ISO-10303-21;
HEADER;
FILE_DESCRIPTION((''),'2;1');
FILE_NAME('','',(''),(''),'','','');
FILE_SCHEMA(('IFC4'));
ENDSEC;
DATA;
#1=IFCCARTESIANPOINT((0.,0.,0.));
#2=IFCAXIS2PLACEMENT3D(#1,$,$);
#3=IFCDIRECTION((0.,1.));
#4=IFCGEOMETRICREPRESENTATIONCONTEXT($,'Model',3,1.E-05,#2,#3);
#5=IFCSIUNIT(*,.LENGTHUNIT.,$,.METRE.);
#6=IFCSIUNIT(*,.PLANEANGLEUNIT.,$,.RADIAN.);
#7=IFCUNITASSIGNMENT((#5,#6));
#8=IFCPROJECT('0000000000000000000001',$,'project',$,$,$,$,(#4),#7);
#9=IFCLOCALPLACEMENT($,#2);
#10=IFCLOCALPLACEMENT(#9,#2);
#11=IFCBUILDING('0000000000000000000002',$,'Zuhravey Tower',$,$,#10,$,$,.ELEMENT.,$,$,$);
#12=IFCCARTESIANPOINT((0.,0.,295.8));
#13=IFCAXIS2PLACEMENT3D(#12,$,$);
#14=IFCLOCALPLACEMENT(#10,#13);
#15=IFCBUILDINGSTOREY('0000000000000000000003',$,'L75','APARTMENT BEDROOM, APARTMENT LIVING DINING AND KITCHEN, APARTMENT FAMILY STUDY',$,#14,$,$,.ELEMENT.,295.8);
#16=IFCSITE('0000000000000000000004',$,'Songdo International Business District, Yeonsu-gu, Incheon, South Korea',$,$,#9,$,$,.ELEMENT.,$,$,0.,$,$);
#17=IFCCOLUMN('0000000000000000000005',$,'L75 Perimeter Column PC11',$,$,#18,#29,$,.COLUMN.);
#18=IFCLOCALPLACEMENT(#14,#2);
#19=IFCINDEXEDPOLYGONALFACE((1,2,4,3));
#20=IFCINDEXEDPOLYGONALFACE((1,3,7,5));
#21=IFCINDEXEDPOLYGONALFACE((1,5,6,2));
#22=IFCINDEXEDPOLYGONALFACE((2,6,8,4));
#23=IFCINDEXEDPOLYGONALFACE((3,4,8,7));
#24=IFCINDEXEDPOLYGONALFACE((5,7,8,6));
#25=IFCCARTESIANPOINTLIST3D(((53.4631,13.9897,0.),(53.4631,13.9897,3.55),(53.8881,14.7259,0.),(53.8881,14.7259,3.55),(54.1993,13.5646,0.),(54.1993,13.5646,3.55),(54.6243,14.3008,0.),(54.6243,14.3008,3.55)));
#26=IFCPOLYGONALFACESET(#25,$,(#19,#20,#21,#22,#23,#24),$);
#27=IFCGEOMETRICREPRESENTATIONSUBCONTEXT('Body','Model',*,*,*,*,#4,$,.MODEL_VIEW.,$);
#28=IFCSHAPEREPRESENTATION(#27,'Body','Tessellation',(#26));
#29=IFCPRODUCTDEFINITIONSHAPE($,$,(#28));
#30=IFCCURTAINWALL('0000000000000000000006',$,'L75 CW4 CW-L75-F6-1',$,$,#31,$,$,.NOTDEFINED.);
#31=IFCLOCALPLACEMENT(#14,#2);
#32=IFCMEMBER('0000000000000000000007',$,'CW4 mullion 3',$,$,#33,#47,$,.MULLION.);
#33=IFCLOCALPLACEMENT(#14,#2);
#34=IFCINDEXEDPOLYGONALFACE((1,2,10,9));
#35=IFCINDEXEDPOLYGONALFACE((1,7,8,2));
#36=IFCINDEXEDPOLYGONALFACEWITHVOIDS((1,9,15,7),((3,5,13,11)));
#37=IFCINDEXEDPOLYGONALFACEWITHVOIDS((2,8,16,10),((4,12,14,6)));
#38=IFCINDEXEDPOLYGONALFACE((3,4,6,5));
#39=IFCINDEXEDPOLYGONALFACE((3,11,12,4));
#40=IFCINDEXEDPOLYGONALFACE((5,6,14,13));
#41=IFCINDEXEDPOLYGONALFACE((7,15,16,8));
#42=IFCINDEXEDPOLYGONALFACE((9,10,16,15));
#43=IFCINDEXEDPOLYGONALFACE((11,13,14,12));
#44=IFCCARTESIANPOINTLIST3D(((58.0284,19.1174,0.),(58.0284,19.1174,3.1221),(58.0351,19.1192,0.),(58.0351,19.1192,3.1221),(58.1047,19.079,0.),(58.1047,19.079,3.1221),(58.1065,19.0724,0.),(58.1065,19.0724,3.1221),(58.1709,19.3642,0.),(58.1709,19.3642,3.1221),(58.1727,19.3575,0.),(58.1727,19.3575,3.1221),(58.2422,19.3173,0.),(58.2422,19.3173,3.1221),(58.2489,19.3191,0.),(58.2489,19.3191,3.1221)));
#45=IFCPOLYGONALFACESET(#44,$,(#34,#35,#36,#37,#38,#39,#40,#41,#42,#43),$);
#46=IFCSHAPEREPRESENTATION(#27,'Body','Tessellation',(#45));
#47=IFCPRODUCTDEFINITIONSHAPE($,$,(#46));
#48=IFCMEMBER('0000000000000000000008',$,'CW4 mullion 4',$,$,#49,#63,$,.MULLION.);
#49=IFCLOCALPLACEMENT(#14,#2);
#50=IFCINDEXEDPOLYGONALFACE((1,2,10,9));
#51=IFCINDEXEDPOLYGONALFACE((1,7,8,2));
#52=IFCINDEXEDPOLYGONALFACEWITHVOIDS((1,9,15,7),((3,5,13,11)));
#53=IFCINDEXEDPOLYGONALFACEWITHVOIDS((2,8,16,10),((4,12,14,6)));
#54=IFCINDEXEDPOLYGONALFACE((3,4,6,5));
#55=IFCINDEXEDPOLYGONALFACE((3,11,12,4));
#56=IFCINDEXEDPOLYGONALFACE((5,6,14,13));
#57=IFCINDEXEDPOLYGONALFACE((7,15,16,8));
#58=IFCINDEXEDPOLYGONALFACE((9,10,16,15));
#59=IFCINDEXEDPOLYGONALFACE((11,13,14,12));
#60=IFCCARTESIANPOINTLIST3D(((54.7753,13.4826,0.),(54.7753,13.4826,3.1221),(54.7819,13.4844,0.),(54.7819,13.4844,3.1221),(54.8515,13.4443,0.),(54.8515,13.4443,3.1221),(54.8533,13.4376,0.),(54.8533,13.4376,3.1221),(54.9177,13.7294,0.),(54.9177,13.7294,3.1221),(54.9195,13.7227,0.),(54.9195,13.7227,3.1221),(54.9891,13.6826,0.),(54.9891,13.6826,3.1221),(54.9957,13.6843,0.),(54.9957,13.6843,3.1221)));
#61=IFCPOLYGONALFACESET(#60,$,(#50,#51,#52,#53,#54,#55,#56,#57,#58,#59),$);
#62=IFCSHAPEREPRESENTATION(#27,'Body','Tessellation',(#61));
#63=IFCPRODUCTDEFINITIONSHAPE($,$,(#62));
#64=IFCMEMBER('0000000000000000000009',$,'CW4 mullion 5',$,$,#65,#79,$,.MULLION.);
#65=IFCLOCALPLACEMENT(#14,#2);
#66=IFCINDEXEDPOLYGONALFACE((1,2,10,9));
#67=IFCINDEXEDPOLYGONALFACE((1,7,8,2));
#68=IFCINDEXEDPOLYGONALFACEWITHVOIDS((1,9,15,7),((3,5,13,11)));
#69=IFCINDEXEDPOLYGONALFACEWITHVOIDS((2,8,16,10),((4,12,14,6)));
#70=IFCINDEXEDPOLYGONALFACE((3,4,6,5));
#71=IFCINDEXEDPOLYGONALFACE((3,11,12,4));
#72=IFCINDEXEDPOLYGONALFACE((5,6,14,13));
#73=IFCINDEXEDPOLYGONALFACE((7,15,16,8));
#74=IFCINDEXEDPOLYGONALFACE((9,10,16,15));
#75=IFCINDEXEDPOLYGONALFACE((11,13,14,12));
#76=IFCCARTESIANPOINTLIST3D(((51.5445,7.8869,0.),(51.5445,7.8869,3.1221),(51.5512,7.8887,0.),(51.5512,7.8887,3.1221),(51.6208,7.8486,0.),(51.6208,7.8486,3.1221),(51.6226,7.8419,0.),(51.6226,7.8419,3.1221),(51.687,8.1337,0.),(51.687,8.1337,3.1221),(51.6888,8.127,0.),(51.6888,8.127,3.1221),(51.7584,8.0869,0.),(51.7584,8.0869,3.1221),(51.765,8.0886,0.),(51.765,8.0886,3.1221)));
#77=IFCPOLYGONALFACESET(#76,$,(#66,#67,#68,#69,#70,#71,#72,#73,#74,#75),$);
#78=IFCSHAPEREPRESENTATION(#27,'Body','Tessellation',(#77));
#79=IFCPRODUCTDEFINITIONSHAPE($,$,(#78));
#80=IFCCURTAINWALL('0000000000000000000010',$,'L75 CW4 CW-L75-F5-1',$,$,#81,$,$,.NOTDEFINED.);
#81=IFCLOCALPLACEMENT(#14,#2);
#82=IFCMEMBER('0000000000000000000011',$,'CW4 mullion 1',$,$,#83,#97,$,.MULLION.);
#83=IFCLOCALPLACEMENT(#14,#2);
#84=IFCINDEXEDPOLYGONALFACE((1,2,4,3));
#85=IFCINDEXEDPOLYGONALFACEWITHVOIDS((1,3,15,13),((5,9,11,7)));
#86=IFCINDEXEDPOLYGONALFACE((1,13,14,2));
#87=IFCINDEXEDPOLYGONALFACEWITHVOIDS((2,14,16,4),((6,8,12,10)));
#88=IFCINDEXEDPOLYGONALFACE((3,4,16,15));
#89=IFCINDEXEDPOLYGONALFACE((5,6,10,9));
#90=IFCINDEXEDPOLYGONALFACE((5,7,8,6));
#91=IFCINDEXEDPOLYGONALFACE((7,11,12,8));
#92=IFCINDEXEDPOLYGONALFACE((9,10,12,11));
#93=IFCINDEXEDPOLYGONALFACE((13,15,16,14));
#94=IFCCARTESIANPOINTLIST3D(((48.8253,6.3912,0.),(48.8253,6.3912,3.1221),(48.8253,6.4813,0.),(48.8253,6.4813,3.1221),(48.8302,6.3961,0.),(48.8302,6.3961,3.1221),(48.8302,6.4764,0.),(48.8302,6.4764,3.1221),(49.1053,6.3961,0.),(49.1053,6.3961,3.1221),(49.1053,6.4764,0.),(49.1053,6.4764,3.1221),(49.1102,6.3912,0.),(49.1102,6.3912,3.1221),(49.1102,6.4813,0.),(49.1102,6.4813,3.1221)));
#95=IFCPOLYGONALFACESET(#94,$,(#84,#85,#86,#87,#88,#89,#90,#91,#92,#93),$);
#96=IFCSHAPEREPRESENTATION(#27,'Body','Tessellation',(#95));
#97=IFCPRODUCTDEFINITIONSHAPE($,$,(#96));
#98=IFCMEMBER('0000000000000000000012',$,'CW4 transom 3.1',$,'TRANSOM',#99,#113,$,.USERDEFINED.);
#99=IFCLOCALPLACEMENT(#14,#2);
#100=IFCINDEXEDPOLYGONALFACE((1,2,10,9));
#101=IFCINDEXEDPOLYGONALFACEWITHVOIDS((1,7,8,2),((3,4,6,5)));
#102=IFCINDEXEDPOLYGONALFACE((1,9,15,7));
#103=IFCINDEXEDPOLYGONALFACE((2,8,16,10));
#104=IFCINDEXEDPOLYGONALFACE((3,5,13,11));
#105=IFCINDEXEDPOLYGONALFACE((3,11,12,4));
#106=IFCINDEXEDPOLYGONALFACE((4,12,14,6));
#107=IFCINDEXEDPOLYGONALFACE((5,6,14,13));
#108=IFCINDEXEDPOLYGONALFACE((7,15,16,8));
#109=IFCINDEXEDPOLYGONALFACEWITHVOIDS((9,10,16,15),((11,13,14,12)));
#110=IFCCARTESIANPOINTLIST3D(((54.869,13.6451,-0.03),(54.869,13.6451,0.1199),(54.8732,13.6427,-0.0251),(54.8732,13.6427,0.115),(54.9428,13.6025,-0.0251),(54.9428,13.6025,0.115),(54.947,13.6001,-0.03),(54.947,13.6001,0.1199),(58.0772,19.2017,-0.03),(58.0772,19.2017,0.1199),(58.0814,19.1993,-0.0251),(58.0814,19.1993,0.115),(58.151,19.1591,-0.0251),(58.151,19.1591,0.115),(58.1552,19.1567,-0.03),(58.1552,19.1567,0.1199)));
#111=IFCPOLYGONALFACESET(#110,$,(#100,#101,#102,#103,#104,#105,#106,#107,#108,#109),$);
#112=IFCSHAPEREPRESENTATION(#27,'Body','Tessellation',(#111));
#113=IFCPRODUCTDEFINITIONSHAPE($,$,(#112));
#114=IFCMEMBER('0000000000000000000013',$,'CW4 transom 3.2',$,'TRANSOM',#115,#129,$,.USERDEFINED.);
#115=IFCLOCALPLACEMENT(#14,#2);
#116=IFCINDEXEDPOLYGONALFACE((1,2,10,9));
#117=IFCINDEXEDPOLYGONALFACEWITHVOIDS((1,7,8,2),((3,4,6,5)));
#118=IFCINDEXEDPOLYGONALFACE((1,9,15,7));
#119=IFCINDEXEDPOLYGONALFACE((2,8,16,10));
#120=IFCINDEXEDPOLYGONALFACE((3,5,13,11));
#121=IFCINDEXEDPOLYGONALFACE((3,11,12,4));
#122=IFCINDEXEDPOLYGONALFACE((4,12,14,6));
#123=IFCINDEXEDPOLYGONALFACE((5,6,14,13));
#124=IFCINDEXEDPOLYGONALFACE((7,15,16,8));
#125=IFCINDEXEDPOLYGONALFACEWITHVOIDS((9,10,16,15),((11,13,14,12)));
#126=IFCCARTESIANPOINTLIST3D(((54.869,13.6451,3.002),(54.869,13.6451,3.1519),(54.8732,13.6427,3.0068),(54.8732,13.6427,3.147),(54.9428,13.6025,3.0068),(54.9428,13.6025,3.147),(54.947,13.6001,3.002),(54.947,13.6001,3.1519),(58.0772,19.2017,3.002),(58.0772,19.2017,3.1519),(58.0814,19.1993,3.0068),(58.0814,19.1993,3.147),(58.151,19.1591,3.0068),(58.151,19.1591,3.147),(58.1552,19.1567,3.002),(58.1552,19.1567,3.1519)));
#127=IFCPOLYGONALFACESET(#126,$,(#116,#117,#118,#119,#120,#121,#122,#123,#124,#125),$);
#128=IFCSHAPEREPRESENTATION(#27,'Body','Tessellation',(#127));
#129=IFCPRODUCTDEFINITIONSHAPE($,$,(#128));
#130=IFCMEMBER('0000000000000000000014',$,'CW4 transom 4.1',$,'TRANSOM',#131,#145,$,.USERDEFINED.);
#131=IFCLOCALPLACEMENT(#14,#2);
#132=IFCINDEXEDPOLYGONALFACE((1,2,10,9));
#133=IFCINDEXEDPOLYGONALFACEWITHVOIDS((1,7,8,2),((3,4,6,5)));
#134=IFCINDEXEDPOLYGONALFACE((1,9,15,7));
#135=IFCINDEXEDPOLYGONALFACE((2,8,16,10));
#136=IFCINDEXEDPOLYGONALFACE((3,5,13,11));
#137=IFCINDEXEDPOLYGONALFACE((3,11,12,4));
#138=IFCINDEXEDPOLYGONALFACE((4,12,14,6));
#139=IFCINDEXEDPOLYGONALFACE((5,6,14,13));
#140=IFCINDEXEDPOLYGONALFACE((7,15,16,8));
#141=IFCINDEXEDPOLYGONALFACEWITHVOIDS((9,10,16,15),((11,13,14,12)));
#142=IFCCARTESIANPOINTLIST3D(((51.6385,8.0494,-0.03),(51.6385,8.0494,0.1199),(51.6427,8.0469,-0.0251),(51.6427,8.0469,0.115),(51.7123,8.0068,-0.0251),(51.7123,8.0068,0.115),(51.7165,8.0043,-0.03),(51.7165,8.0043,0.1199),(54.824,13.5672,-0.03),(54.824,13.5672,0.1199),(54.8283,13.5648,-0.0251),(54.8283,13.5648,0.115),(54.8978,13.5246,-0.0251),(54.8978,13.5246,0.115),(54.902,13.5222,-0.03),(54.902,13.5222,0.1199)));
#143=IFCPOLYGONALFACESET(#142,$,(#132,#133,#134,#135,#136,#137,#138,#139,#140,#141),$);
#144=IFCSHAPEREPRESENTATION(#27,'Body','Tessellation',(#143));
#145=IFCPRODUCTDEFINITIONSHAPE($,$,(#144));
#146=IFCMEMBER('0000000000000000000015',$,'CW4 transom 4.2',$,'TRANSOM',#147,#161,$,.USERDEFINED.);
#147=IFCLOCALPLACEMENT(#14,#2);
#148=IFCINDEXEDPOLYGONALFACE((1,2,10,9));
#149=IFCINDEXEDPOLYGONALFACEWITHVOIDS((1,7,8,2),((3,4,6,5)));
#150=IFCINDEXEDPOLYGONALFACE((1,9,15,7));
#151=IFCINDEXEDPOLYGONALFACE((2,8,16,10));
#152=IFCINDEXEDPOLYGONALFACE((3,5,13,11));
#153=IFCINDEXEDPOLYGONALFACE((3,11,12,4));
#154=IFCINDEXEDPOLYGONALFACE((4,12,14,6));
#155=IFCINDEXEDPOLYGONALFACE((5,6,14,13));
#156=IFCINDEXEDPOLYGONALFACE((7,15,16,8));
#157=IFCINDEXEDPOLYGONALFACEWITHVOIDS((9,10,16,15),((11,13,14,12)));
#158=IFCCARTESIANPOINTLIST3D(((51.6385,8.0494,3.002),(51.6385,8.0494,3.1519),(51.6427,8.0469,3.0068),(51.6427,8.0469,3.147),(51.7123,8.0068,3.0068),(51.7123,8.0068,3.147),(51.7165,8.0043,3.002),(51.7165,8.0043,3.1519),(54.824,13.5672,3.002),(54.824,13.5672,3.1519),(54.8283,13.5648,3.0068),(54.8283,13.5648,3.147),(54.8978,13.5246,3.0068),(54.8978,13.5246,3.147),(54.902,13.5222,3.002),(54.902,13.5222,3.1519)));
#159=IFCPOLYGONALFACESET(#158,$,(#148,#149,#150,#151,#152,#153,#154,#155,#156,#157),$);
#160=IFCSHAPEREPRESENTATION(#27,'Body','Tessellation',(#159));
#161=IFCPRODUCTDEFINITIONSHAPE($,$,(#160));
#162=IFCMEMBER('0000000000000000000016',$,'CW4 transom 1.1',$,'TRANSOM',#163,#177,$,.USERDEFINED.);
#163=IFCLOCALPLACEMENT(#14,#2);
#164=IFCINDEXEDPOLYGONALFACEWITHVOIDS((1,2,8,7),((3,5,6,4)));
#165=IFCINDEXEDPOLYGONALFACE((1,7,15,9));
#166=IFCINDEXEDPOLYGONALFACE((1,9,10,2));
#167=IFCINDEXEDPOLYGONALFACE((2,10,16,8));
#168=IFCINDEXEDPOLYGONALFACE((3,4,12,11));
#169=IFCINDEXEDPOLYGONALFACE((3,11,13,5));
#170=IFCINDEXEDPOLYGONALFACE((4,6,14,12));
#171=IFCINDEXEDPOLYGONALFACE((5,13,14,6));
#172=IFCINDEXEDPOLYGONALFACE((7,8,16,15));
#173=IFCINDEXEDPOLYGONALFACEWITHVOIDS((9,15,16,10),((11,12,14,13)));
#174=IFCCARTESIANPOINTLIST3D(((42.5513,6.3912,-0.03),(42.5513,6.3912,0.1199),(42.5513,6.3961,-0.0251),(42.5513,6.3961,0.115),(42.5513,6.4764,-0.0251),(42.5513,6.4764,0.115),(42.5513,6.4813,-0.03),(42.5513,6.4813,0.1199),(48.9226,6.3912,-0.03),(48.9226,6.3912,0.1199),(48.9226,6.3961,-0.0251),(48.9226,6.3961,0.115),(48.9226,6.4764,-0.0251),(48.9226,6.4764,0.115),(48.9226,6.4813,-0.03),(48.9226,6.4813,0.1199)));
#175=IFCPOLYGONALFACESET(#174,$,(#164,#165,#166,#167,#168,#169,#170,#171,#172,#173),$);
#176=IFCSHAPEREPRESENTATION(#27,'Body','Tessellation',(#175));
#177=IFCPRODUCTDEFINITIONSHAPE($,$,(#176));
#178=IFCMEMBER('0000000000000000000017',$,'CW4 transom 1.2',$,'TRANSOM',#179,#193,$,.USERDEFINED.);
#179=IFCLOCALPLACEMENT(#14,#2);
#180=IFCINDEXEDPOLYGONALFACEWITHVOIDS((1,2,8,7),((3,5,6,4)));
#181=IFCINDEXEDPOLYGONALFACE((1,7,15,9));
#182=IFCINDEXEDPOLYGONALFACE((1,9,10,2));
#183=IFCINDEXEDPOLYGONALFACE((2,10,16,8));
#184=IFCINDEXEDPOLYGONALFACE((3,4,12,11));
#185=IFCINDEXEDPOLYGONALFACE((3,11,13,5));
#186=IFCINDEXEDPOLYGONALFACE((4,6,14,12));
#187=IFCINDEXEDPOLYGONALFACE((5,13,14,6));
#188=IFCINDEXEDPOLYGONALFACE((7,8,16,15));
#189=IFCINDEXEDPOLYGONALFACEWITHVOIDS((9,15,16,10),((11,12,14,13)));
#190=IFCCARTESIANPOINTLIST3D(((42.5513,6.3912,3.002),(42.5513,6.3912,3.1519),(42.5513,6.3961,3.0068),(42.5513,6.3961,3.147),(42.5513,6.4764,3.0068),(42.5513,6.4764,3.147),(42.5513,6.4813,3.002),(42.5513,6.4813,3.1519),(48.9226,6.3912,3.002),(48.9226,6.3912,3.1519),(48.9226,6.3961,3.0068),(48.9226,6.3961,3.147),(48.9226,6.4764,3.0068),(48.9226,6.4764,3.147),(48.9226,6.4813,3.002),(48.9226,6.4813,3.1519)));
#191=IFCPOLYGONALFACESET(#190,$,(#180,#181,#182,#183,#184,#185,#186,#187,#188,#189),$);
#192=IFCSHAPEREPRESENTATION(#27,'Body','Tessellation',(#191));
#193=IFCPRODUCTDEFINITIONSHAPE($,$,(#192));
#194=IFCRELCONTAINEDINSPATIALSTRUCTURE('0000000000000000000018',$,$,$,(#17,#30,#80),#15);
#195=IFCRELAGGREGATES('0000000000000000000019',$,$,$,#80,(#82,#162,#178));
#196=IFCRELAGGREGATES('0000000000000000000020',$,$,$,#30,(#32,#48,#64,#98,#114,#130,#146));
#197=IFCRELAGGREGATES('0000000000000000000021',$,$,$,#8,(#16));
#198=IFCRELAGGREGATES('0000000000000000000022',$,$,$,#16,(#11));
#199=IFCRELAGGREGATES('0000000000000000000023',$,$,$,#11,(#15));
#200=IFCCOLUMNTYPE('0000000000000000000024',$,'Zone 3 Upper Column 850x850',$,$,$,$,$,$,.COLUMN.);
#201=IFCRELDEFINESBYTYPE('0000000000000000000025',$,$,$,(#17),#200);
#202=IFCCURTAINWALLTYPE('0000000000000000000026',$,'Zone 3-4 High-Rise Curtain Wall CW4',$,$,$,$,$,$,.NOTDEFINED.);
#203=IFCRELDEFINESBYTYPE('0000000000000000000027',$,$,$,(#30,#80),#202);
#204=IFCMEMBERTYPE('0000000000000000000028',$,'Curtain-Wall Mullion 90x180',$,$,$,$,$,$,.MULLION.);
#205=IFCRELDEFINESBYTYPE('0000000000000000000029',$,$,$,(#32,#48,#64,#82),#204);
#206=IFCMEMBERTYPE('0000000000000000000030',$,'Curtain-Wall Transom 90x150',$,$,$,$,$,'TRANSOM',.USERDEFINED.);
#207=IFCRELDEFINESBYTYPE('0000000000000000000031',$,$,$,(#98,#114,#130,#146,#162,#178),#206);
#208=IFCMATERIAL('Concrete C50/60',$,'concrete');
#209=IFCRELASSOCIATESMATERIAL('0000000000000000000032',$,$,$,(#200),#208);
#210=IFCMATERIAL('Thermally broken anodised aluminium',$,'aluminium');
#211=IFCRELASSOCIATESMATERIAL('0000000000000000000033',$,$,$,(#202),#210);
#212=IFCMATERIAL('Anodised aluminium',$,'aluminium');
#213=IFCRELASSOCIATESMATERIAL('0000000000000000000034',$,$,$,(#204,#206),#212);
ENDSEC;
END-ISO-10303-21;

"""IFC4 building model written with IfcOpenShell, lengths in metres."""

from ifc_helpers import new_model, si_unit, direction, frame, origin, origin_2d, place, context, subcontext, project, spatial, rectangle, hollow_rectangle, extrude, material, material_profile, profile_set, type_object, element, aggregate, save


model = new_model("IFC4")

# Units and contexts
model_context = context("Model", 3, precision=1e-05, world=origin(), true_north=direction((0.0, 1.0)))
body_context = subcontext(model_context, "Body", "Model", "MODEL_VIEW")
ifc_project = project(units=[si_unit("LENGTHUNIT", "METRE"), si_unit("PLANEANGLEUNIT", "RADIAN")], contexts=[model_context])

# Site, building, storey
site_placement = place(None, origin())
site = spatial("IfcSite", under=ifc_project, at=site_placement, Name="Songdo International Business District, Yeonsu-gu, Incheon, South Korea", CompositionType="ELEMENT", RefElevation=0.0)
building_placement = place(site_placement, origin())
building = spatial("IfcBuilding", under=site, at=building_placement, Name="Zuhravey Tower", CompositionType="ELEMENT")
storey_placement = place(building_placement, frame((0.0, 0.0, 295.8)))
storey = spatial("IfcBuildingStorey", under=building, at=storey_placement, Name="L75", Description="APARTMENT BEDROOM, APARTMENT LIVING DINING AND KITCHEN, APARTMENT FAMILY STUDY", CompositionType="ELEMENT", Elevation=295.8)

# Column
ifc_material_1 = material(Name="Concrete C50/60", Category="concrete")
ifc_material_profile_1 = material_profile(ifc_material_1, rectangle(XDim=0.8501, YDim=0.8501, at=origin_2d()), Name="RC-850x850")
ifc_profile_set_1 = profile_set([ifc_material_profile_1], Name="Concrete C50/60")
column_type = type_object("IfcColumnType", Name="Zone 3 Upper Column 850x850", PredefinedType="COLUMN", material=ifc_profile_set_1)
column_placement = place(storey_placement, frame((54.0437, 14.1453, 0.0), z_axis=(0.0, 0.0, 1.0), x_axis=(0.5, 0.866025, 0.0)))
element("IfcColumn", 1, at=column_placement, inside=storey, type_object=column_type, Name="L75 Perimeter Column PC11", PredefinedType="COLUMN", context=body_context, shape_type="SweptSolid", body=[
    extrude(rectangle(XDim=0.8501, YDim=0.8501, at=origin_2d()), origin(), (0.0, 0.0, 1.0), 3.55),
])

# Curtain wall, members
ifc_material_2 = material(Name="Thermally broken anodised aluminium", Category="aluminium")
curtain_wall_type = type_object("IfcCurtainWallType", Name="Zone 3-4 High-Rise Curtain Wall CW4", PredefinedType="NOTDEFINED", material=ifc_material_2)
curtain_wall_1_placement = place(storey_placement, origin())
curtain_wall_1 = element("IfcCurtainWall", 2, at=curtain_wall_1_placement, inside=storey, type_object=curtain_wall_type, Name="L75 CW4 CW-L75-F6-1", PredefinedType="NOTDEFINED")
ifc_material_3 = material(Name="Anodised aluminium", Category="aluminium")
ifc_material_profile_2 = material_profile(ifc_material_3, hollow_rectangle(XDim=0.0901, YDim=0.2849, WallThickness=0.0049, at=origin_2d()), Name="ALU-RHS-90x285x5")
ifc_profile_set_2 = profile_set([ifc_material_profile_2], Name="Anodised aluminium")
member_type_1 = type_object("IfcMemberType", Name="Curtain-Wall Mullion 90x180", PredefinedType="MULLION", material=ifc_profile_set_2)
member_1_placement = place(storey_placement, frame((58.1387, 19.2183, 0.0), z_axis=(0.0, 0.0, 1.0), x_axis=(0.866025, -0.500001, 0.0)))
member_1 = element("IfcMember", 3, at=member_1_placement, type_object=member_type_1, Name="CW4 mullion 3", PredefinedType="MULLION", context=body_context, shape_type="SweptSolid", body=[
    extrude(hollow_rectangle(XDim=0.0901, YDim=0.2849, WallThickness=0.0049, at=origin_2d()), origin(), (0.0, 0.0, 1.0), 3.1221),
])
member_2_placement = place(storey_placement, frame((54.8855, 13.5835, 0.0), z_axis=(0.0, 0.0, 1.0), x_axis=(0.866025, -0.500001, 0.0)))
member_2 = element("IfcMember", 4, at=member_2_placement, type_object=member_type_1, Name="CW4 mullion 4", PredefinedType="MULLION", context=body_context, shape_type="SweptSolid", body=[
    extrude(hollow_rectangle(XDim=0.0901, YDim=0.2849, WallThickness=0.0049, at=origin_2d()), origin(), (0.0, 0.0, 1.0), 3.1221),
])
member_3_placement = place(storey_placement, frame((51.6548, 7.9878, 0.0), z_axis=(0.0, 0.0, 1.0), x_axis=(0.866025, -0.500001, 0.0)))
member_3 = element("IfcMember", 5, at=member_3_placement, type_object=member_type_1, Name="CW4 mullion 5", PredefinedType="MULLION", context=body_context, shape_type="SweptSolid", body=[
    extrude(hollow_rectangle(XDim=0.0901, YDim=0.2849, WallThickness=0.0049, at=origin_2d()), origin(), (0.0, 0.0, 1.0), 3.1221),
])

# Curtain wall, member
curtain_wall_2_placement = place(storey_placement, origin())
curtain_wall_2 = element("IfcCurtainWall", 6, at=curtain_wall_2_placement, inside=storey, type_object=curtain_wall_type, Name="L75 CW4 CW-L75-F5-1", PredefinedType="NOTDEFINED")
member_4_placement = place(storey_placement, frame((48.9678, 6.4363, 0.0), z_axis=(0.0, 0.0, 1.0), x_axis=(0.0, -1.0, 0.0)))
member_4 = element("IfcMember", 7, at=member_4_placement, type_object=member_type_1, Name="CW4 mullion 1", PredefinedType="MULLION", context=body_context, shape_type="SweptSolid", body=[
    extrude(hollow_rectangle(XDim=0.0901, YDim=0.2849, WallThickness=0.0049, at=origin_2d()), origin(), (0.0, 0.0, 1.0), 3.1221),
])

# Members
ifc_material_profile_3 = material_profile(ifc_material_3, hollow_rectangle(XDim=0.0901, YDim=0.1499, WallThickness=0.0049, at=origin_2d()), Name="ALU-RHS-90x150x5")
ifc_profile_set_3 = profile_set([ifc_material_profile_3], Name="Anodised aluminium")
member_type_2 = type_object("IfcMemberType", Name="Curtain-Wall Transom 90x150", ElementType="TRANSOM", PredefinedType="USERDEFINED", material=ifc_profile_set_3)
member_5_placement = place(storey_placement, frame((58.1162, 19.1792, 0.0449), z_axis=(-0.500014, -0.866017, 0.0), x_axis=(0.866017, -0.500014, 0.0)))
member_5 = element("IfcMember", 8, at=member_5_placement, type_object=member_type_2, Name="CW4 transom 3.1", ObjectType="TRANSOM", PredefinedType="USERDEFINED", context=body_context, shape_type="SweptSolid", body=[
    extrude(hollow_rectangle(XDim=0.0901, YDim=0.1499, WallThickness=0.0049, at=origin_2d()), origin(), (0.0, 0.0, 1.0), 6.4163),
])
member_6_placement = place(storey_placement, frame((58.1162, 19.1792, 3.0769), z_axis=(-0.500014, -0.866017, 0.0), x_axis=(0.866017, -0.500014, 0.0)))
member_6 = element("IfcMember", 9, at=member_6_placement, type_object=member_type_2, Name="CW4 transom 3.2", ObjectType="TRANSOM", PredefinedType="USERDEFINED", context=body_context, shape_type="SweptSolid", body=[
    extrude(hollow_rectangle(XDim=0.0901, YDim=0.1499, WallThickness=0.0049, at=origin_2d()), origin(), (0.0, 0.0, 1.0), 6.4163),
])
member_7_placement = place(storey_placement, frame((54.863, 13.5447, 0.0449), z_axis=(-0.49998, -0.866037, 0.0), x_axis=(0.866037, -0.49998, 0.0)))
member_7 = element("IfcMember", 10, at=member_7_placement, type_object=member_type_2, Name="CW4 transom 4.1", ObjectType="TRANSOM", PredefinedType="USERDEFINED", context=body_context, shape_type="SweptSolid", body=[
    extrude(hollow_rectangle(XDim=0.0901, YDim=0.1499, WallThickness=0.0049, at=origin_2d()), origin(), (0.0, 0.0, 1.0), 6.3713),
])
member_8_placement = place(storey_placement, frame((54.863, 13.5447, 3.0769), z_axis=(-0.49998, -0.866037, 0.0), x_axis=(0.866037, -0.49998, 0.0)))
member_8 = element("IfcMember", 11, at=member_8_placement, type_object=member_type_2, Name="CW4 transom 4.2", ObjectType="TRANSOM", PredefinedType="USERDEFINED", context=body_context, shape_type="SweptSolid", body=[
    extrude(hollow_rectangle(XDim=0.0901, YDim=0.1499, WallThickness=0.0049, at=origin_2d()), origin(), (0.0, 0.0, 1.0), 6.3713),
])
member_9_placement = place(storey_placement, frame((48.9226, 6.4363, 0.0449), z_axis=(-1.0, 0.0, 0.0), x_axis=(0.0, -1.0, 0.0)))
member_9 = element("IfcMember", 12, at=member_9_placement, type_object=member_type_2, Name="CW4 transom 1.1", ObjectType="TRANSOM", PredefinedType="USERDEFINED", context=body_context, shape_type="SweptSolid", body=[
    extrude(hollow_rectangle(XDim=0.0901, YDim=0.1499, WallThickness=0.0049, at=origin_2d()), origin(), (0.0, 0.0, 1.0), 6.3713),
])
member_10_placement = place(storey_placement, frame((48.9226, 6.4363, 3.0769), z_axis=(-1.0, 0.0, 0.0), x_axis=(0.0, -1.0, 0.0)))
member_10 = element("IfcMember", 13, at=member_10_placement, type_object=member_type_2, Name="CW4 transom 1.2", ObjectType="TRANSOM", PredefinedType="USERDEFINED", context=body_context, shape_type="SweptSolid", body=[
    extrude(hollow_rectangle(XDim=0.0901, YDim=0.1499, WallThickness=0.0049, at=origin_2d()), origin(), (0.0, 0.0, 1.0), 6.3713),
])
aggregate(curtain_wall_2, [member_4, member_9, member_10])

aggregate(curtain_wall_1, [member_1, member_2, member_3, member_5, member_6, member_7, member_8])

save(model, "model.ifc")
